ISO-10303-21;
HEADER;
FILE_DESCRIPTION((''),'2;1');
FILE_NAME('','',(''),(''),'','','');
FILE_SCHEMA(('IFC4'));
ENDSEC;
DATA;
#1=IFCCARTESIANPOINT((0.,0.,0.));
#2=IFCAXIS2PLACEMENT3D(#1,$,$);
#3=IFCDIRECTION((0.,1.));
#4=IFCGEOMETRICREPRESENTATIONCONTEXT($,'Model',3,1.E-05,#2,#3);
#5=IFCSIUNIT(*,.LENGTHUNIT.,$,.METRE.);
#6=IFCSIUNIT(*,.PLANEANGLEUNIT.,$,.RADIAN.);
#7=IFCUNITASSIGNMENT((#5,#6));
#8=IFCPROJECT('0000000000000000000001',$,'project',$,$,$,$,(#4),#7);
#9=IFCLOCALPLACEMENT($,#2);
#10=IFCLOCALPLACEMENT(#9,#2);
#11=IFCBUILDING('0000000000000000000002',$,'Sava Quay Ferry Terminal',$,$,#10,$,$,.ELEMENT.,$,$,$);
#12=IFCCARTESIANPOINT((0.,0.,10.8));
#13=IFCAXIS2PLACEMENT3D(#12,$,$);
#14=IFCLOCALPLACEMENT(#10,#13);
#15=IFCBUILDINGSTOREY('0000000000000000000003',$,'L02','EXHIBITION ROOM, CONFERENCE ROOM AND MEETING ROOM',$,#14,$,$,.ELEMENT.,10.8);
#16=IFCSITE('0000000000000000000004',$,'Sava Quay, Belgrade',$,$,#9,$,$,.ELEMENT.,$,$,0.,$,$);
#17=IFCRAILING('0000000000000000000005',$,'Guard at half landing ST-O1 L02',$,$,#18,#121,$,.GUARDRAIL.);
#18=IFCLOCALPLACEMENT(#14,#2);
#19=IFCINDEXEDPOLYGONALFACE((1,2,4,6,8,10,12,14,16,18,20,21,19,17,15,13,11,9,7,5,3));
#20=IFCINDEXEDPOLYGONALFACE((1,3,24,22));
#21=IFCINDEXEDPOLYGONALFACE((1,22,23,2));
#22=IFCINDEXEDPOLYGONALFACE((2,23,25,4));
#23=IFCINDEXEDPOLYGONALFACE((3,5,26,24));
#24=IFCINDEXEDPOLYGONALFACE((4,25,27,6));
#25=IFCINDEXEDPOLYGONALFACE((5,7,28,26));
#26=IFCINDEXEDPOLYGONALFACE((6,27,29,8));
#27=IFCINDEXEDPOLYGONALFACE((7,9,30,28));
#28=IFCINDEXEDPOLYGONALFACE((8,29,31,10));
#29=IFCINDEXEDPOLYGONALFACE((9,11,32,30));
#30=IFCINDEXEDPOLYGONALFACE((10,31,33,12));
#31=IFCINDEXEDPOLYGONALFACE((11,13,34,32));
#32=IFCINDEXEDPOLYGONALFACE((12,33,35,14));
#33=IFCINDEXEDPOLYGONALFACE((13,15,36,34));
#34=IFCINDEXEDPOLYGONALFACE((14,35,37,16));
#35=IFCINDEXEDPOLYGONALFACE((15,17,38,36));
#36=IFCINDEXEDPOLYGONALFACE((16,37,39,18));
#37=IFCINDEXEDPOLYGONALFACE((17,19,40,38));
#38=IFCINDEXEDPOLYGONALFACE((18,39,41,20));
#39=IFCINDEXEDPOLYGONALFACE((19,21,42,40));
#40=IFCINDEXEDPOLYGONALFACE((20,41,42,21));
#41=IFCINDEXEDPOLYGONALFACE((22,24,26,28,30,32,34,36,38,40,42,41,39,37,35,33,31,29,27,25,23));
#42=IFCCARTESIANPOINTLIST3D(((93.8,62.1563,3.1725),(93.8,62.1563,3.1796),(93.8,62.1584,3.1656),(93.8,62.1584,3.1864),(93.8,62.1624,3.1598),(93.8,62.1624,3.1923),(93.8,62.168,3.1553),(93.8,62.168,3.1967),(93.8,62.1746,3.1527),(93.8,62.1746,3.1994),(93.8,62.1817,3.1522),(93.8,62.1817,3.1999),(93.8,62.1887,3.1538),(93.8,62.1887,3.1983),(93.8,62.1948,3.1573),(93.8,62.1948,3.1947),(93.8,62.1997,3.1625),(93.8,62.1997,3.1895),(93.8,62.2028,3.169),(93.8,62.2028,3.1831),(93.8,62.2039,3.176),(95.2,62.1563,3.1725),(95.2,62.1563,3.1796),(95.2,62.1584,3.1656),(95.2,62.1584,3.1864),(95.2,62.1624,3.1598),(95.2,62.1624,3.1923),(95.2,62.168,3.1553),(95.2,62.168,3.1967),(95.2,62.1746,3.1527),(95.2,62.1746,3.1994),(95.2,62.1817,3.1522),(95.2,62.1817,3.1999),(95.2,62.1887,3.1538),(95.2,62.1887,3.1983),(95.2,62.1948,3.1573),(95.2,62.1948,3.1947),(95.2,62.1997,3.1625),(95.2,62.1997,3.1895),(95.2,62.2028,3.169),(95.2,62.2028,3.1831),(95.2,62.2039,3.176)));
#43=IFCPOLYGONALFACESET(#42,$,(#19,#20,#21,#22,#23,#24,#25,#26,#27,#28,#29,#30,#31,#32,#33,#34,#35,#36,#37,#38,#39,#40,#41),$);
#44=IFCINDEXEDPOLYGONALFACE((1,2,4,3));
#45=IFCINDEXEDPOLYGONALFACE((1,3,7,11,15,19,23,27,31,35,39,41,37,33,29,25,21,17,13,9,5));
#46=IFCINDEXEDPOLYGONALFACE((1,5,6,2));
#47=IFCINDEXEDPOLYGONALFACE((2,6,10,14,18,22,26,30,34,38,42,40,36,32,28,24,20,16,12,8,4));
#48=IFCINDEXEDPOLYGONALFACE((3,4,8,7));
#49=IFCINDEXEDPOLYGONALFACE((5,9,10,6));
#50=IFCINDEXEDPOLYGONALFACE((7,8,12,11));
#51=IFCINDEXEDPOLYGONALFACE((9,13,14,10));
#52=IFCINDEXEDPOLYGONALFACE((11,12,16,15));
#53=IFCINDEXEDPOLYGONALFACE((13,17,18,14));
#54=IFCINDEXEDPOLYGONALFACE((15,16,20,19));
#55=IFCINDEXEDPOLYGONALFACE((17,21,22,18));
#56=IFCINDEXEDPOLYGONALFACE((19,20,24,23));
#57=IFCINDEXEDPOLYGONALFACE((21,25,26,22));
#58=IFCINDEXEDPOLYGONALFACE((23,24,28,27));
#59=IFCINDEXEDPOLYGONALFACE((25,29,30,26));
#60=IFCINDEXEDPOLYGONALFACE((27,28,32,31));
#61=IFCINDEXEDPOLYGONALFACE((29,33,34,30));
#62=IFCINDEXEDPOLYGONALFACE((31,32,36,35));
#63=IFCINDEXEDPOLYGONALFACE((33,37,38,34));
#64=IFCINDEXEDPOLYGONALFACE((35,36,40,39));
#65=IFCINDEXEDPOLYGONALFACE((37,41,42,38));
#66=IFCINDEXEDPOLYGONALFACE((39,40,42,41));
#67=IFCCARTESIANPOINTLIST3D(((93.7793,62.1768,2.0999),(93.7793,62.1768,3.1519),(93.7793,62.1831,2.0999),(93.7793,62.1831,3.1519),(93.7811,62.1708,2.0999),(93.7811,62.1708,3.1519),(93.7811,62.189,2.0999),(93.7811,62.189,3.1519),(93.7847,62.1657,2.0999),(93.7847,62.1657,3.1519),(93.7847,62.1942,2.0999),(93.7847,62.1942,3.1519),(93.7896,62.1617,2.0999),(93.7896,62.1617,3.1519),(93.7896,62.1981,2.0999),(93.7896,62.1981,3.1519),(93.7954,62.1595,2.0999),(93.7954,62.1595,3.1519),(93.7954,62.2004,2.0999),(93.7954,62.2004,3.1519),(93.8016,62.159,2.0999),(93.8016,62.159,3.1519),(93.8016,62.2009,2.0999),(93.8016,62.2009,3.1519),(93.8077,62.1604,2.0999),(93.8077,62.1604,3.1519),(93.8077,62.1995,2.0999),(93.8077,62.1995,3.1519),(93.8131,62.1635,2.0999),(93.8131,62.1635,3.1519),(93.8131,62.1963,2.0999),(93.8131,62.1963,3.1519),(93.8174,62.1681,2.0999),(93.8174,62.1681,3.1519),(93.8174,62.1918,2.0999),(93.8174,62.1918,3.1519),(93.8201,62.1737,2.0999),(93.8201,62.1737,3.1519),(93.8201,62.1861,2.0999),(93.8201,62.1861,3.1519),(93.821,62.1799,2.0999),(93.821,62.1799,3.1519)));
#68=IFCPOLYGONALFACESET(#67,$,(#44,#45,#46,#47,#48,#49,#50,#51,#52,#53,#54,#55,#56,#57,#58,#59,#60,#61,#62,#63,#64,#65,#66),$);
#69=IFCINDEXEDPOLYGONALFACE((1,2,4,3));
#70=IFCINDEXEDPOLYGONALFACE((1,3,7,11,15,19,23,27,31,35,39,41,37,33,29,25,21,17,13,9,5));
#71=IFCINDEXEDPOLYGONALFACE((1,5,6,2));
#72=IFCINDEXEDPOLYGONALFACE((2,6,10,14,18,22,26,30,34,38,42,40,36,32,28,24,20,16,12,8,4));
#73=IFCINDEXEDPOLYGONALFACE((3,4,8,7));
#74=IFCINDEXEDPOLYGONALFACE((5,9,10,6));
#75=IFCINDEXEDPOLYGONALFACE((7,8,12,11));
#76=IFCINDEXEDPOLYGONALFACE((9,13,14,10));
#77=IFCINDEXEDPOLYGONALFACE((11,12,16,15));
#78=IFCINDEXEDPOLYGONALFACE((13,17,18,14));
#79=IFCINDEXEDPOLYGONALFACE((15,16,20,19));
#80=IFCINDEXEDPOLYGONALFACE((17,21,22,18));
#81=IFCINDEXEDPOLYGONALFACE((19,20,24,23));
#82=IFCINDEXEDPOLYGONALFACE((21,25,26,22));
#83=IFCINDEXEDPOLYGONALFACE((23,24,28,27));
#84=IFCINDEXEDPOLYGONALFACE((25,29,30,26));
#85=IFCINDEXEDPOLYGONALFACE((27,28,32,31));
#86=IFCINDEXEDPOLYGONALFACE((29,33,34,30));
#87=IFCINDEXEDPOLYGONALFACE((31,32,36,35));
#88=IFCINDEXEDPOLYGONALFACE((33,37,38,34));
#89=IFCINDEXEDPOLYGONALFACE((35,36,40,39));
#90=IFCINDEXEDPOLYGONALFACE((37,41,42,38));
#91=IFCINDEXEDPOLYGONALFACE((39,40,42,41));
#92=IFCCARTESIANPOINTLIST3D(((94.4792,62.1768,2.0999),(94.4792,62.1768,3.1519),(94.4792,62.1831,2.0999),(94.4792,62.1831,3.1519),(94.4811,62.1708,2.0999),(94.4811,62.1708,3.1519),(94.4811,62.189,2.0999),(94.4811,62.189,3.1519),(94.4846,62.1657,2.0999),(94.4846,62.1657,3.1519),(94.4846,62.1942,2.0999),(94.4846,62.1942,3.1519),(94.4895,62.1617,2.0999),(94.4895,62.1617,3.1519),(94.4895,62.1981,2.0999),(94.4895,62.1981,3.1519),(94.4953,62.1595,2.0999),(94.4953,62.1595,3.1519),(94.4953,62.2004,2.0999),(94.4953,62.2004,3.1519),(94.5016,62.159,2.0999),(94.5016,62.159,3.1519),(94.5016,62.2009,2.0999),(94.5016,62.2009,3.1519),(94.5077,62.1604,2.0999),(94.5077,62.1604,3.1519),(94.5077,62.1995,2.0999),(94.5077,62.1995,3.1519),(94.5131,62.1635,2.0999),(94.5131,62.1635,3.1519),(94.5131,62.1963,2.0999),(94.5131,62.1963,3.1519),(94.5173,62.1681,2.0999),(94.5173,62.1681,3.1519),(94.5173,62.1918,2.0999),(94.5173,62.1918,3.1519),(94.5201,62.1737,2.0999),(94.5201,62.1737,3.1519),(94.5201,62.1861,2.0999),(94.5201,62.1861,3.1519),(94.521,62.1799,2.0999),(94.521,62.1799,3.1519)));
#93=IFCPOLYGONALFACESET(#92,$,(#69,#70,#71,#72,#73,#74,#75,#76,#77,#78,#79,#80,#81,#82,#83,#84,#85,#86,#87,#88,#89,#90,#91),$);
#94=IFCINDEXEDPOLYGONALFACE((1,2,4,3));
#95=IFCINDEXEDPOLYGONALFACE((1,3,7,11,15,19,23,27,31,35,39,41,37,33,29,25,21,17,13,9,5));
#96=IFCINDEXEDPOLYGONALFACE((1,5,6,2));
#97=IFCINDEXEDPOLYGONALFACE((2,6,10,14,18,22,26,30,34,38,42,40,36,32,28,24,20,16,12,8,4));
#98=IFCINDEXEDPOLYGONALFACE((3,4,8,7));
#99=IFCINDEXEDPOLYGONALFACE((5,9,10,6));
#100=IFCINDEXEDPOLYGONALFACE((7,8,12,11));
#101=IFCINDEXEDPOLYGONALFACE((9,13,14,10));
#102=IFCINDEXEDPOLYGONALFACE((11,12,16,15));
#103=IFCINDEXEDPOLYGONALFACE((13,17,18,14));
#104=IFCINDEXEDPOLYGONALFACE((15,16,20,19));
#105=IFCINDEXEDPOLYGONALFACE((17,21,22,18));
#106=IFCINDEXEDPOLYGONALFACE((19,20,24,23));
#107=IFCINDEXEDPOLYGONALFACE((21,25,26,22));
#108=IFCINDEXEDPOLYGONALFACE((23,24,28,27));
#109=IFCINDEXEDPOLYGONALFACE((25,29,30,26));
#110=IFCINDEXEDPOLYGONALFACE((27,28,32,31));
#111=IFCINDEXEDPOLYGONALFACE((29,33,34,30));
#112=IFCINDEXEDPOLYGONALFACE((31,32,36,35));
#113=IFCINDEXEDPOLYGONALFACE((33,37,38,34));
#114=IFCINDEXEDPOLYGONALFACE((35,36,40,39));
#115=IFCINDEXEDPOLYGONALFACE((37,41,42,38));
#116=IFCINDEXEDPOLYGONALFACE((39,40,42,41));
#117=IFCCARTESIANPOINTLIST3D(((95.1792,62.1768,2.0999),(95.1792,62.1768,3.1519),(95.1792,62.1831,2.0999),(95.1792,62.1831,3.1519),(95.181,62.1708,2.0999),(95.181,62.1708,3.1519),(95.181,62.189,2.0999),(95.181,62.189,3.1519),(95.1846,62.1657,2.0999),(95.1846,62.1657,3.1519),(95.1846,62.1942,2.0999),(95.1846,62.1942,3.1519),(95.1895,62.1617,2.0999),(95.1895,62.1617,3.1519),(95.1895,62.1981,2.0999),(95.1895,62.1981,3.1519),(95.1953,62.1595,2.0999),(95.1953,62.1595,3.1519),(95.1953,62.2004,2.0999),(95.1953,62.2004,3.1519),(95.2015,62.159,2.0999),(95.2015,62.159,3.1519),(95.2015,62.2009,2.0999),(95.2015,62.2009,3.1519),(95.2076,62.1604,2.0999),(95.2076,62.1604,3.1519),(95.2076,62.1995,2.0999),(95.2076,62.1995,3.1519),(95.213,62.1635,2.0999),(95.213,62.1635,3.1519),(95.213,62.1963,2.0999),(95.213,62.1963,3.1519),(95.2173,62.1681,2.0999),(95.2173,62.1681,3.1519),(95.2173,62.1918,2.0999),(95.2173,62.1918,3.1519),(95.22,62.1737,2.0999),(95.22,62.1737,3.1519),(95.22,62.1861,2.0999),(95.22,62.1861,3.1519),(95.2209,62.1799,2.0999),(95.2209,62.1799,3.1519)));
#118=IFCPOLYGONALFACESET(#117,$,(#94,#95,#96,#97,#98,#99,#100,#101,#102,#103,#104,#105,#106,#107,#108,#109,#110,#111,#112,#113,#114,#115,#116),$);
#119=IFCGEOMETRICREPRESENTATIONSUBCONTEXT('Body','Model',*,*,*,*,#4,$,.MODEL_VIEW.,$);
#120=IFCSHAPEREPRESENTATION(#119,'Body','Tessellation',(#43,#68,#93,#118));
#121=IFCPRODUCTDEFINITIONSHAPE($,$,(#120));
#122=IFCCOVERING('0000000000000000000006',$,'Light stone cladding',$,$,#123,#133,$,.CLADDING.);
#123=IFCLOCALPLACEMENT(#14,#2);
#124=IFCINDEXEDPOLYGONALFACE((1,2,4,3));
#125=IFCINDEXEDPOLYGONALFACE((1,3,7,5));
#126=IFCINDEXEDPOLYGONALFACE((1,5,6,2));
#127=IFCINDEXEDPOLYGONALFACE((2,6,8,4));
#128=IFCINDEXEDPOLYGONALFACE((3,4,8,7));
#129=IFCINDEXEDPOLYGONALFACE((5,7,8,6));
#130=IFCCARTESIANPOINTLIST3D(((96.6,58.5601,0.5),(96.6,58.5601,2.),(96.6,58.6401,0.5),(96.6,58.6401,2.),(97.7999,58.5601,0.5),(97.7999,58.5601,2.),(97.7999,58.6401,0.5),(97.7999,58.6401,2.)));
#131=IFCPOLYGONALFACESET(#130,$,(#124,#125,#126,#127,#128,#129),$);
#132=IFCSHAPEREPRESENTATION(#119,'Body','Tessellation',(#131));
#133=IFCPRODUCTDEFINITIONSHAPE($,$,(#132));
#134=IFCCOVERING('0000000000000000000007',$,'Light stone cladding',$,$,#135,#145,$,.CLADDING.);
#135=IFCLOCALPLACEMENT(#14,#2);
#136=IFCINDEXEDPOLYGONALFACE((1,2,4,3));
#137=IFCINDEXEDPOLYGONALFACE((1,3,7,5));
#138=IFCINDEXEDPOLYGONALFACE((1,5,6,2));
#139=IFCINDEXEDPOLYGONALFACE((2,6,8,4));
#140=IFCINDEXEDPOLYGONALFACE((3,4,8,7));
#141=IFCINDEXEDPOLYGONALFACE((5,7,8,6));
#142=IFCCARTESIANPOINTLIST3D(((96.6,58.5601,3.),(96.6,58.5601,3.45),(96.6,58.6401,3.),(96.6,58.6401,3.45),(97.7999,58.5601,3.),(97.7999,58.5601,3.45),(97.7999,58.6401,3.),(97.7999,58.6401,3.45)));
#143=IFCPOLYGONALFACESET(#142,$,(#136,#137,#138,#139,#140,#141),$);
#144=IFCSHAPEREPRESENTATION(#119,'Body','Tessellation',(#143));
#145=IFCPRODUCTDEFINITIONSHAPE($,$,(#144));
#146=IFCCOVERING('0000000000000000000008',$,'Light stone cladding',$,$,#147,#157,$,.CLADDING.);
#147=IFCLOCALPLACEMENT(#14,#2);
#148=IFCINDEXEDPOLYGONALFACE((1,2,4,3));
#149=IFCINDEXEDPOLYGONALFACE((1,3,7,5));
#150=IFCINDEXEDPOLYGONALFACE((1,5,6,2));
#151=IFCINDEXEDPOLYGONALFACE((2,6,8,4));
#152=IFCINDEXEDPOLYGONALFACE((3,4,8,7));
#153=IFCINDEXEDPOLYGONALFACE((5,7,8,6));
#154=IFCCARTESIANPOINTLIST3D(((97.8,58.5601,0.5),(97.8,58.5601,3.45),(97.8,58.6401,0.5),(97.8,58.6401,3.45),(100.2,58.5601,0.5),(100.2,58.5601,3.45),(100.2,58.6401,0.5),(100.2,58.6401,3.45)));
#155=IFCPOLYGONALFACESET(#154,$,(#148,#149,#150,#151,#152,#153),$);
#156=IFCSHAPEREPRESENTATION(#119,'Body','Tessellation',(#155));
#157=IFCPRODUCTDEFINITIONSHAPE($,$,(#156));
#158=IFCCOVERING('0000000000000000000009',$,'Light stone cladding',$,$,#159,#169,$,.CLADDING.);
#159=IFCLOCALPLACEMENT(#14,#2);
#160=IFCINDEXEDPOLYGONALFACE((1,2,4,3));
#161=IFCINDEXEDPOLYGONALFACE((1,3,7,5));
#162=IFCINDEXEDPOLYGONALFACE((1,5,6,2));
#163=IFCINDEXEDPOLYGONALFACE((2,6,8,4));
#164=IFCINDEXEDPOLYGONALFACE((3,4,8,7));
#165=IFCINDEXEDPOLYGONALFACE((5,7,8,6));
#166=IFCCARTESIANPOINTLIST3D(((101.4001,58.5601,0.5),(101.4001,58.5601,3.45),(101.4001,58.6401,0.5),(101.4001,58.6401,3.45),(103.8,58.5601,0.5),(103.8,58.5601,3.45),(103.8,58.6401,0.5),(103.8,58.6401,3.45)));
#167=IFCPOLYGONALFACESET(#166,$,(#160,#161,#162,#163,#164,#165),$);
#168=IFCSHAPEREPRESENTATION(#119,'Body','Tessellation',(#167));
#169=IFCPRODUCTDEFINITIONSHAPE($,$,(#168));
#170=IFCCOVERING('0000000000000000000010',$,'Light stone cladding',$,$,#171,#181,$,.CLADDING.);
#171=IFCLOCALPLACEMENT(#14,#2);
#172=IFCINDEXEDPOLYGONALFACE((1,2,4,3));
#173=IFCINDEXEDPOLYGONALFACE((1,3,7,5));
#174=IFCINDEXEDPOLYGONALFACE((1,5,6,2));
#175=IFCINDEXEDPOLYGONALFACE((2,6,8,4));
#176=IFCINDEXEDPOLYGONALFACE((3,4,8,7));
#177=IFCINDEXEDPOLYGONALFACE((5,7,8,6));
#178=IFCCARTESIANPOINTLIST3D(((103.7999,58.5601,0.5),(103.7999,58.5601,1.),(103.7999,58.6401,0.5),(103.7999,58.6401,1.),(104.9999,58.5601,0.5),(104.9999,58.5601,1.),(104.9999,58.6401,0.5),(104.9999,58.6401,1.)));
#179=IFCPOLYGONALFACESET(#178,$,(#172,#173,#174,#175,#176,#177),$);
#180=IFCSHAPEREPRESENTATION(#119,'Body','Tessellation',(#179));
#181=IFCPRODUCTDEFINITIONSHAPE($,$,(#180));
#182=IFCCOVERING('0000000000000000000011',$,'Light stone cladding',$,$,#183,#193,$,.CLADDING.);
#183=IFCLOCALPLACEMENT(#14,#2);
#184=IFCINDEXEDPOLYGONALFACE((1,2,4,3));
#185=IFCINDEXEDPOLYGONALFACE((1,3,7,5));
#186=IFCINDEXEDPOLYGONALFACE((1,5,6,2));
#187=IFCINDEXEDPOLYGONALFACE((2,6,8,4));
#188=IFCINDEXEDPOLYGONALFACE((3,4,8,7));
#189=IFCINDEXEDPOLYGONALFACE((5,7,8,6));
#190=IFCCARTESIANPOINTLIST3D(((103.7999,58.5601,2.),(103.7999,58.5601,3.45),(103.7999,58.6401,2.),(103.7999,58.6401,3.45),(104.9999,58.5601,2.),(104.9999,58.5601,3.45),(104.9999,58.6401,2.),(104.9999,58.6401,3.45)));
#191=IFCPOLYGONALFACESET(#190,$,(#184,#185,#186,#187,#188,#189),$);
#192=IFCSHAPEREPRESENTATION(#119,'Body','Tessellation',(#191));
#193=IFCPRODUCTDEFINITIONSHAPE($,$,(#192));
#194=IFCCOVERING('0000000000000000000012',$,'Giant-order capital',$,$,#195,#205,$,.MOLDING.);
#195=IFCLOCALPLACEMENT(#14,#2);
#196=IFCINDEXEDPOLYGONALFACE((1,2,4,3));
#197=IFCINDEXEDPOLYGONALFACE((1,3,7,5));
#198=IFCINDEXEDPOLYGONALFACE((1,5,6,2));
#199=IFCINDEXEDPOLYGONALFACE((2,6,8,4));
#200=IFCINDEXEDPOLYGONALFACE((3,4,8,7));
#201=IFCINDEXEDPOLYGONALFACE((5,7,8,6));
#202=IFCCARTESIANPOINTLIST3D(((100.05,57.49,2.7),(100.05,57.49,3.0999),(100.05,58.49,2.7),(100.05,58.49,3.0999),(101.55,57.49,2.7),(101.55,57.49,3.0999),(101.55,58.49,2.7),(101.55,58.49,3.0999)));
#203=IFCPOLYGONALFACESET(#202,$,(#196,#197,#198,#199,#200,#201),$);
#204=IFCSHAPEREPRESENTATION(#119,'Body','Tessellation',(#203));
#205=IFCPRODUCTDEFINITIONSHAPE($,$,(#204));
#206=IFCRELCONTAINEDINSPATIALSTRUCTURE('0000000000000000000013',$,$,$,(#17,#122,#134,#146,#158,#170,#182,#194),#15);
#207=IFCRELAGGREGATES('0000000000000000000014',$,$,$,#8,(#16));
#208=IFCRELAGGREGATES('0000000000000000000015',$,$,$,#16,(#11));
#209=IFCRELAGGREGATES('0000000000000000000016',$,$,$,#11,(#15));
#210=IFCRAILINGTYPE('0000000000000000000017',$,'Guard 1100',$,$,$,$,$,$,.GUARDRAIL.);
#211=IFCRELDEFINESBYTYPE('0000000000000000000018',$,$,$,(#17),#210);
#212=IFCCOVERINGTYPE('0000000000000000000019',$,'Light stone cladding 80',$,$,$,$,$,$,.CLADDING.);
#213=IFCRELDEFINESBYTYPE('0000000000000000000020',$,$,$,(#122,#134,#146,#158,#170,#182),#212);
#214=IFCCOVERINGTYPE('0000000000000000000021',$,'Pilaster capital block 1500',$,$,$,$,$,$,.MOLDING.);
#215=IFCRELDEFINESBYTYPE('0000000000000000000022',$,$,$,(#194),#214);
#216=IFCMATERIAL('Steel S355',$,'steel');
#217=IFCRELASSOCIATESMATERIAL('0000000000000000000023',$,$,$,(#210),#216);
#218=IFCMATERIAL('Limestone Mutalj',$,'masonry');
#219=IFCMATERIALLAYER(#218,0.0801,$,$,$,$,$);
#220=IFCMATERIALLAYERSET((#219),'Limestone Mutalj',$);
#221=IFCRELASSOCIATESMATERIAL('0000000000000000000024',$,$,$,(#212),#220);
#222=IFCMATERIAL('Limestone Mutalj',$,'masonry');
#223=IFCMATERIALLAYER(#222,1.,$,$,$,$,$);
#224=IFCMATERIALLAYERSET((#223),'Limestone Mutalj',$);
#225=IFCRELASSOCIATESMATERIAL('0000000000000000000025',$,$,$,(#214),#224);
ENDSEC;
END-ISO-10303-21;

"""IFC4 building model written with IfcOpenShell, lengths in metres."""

from ifc_helpers import new_model, si_unit, direction, frame, origin, origin_2d, place, context, subcontext, project, spatial, rectangle, circle, extrude, material, layer, layer_set, type_object, element, save


model = new_model("IFC4")

# Units and contexts
model_context = context("Model", 3, precision=1e-05, world=origin(), true_north=direction((0.0, 1.0)))
body_context = subcontext(model_context, "Body", "Model", "MODEL_VIEW")
ifc_project = project(units=[si_unit("LENGTHUNIT", "METRE"), si_unit("PLANEANGLEUNIT", "RADIAN")], contexts=[model_context])

# Site, building, storey
site_placement = place(None, origin())
site = spatial("IfcSite", under=ifc_project, at=site_placement, Name="Sava Quay, Belgrade", CompositionType="ELEMENT", RefElevation=0.0)
building_placement = place(site_placement, origin())
building = spatial("IfcBuilding", under=site, at=building_placement, Name="Sava Quay Ferry Terminal", CompositionType="ELEMENT")
storey_placement = place(building_placement, frame((0.0, 0.0, 10.8)))
storey = spatial("IfcBuildingStorey", under=building, at=storey_placement, Name="L02", Description="EXHIBITION ROOM, CONFERENCE ROOM AND MEETING ROOM", CompositionType="ELEMENT", Elevation=10.8)

# Railing
ifc_material_1 = material(Name="Steel S355", Category="steel")
railing_type_1 = type_object("IfcRailingType", Name="Guard 1100", PredefinedType="GUARDRAIL", material=ifc_material_1)
railing_1_placement = place(storey_placement, frame((93.8, 62.1799, 2.0999)))
element("IfcRailing", 1, at=railing_1_placement, inside=storey, type_object=railing_type_1, Name="Guard at half landing ST-O1 L02", PredefinedType="GUARDRAIL", context=body_context, shape_type="SweptSolid", body=[
    extrude(circle(Radius=0.0239, at=origin_2d()), frame((0.0, 0.0, 1.0762), z_axis=(1.0, 0.0, 0.0), x_axis=(0.0, 1.0, 0.0)), (0.0, 0.0, 1.0), 1.3999),
    extrude(circle(Radius=0.021, at=origin_2d()), origin(), (0.0, 0.0, 1.0), 1.052),
    extrude(circle(Radius=0.021, at=origin_2d()), frame((0.7, 0.0, 0.0)), (0.0, 0.0, 1.0), 1.052),
    extrude(circle(Radius=0.021, at=origin_2d()), frame((1.3999, 0.0, 0.0)), (0.0, 0.0, 1.0), 1.052),
])

# Coverings
ifc_material_2 = material(Name="Limestone Mutalj", Category="masonry")
ifc_layer_1 = layer(ifc_material_2, 0.0801)
ifc_layer_set_1 = layer_set([ifc_layer_1], Name="Limestone Mutalj")
covering_type_1 = type_object("IfcCoveringType", Name="Light stone cladding 80", PredefinedType="CLADDING", material=ifc_layer_set_1)
covering_1_placement = place(storey_placement, frame((97.2, 58.6001, 0.5), z_axis=(0.0, 0.0, 1.0), x_axis=(1.0, 0.0, 0.0)))
element("IfcCovering", 2, at=covering_1_placement, inside=storey, type_object=covering_type_1, Name="Light stone cladding", PredefinedType="CLADDING", context=body_context, shape_type="SweptSolid", body=[
    extrude(rectangle(XDim=1.2, YDim=0.0801, at=origin_2d()), origin(), (0.0, 0.0, 1.0), 1.5),
])
covering_2_placement = place(storey_placement, frame((97.2, 58.6001, 3.0), z_axis=(0.0, 0.0, 1.0), x_axis=(1.0, 0.0, 0.0)))
element("IfcCovering", 3, at=covering_2_placement, inside=storey, type_object=covering_type_1, Name="Light stone cladding", PredefinedType="CLADDING", context=body_context, shape_type="SweptSolid", body=[
    extrude(rectangle(XDim=1.2, YDim=0.0801, at=origin_2d()), origin(), (0.0, 0.0, 1.0), 0.45),
])
for number, where, z_axis, x_axis, name in (
    (4, (99.0, 58.6001, 0.5), (0.0, 0.0, 1.0), (1.0, 0.0, 0.0), "Light stone cladding"),
    (5, (102.6001, 58.6001, 0.5), (0.0, 0.0, 1.0), (1.0, 0.0, 0.0), "Light stone cladding"),
):
    element("IfcCovering", number, at=place(storey_placement, frame(where, z_axis=z_axis, x_axis=x_axis)), inside=storey, type_object=covering_type_1, Name=name, PredefinedType="CLADDING", context=body_context, shape_type="SweptSolid", body=[
        extrude(rectangle(XDim=2.3999, YDim=0.0801, at=origin_2d()), origin(), (0.0, 0.0, 1.0), 2.95),
    ])
covering_3_placement = place(storey_placement, frame((104.3999, 58.6001, 0.5), z_axis=(0.0, 0.0, 1.0), x_axis=(1.0, 0.0, 0.0)))
element("IfcCovering", 6, at=covering_3_placement, inside=storey, type_object=covering_type_1, Name="Light stone cladding", PredefinedType="CLADDING", context=body_context, shape_type="SweptSolid", body=[
    extrude(rectangle(XDim=1.2, YDim=0.0801, at=origin_2d()), origin(), (0.0, 0.0, 1.0), 0.5),
])
covering_4_placement = place(storey_placement, frame((104.3999, 58.6001, 2.0), z_axis=(0.0, 0.0, 1.0), x_axis=(1.0, 0.0, 0.0)))
element("IfcCovering", 7, at=covering_4_placement, inside=storey, type_object=covering_type_1, Name="Light stone cladding", PredefinedType="CLADDING", context=body_context, shape_type="SweptSolid", body=[
    extrude(rectangle(XDim=1.2, YDim=0.0801, at=origin_2d()), origin(), (0.0, 0.0, 1.0), 1.45),
])
ifc_material_3 = material(Name="Limestone Mutalj", Category="masonry")
ifc_layer_2 = layer(ifc_material_3, 1.0)
ifc_layer_set_2 = layer_set([ifc_layer_2], Name="Limestone Mutalj")
covering_type_2 = type_object("IfcCoveringType", Name="Pilaster capital block 1500", PredefinedType="MOLDING", material=ifc_layer_set_2)
for number, where, z_axis, x_axis, name in (
    (8, (100.8, 57.99, 2.7), (0.0, 0.0, 1.0), (1.0, 0.0, 0.0), "Giant-order capital"),
):
    element("IfcCovering", number, at=place(storey_placement, frame(where, z_axis=z_axis, x_axis=x_axis)), inside=storey, type_object=covering_type_2, Name=name, PredefinedType="MOLDING", context=body_context, shape_type="SweptSolid", body=[
        extrude(rectangle(XDim=1.5, YDim=1.0, at=origin_2d()), origin(), (0.0, 0.0, 1.0), 0.3999),
    ])

save(model, "model.ifc")
